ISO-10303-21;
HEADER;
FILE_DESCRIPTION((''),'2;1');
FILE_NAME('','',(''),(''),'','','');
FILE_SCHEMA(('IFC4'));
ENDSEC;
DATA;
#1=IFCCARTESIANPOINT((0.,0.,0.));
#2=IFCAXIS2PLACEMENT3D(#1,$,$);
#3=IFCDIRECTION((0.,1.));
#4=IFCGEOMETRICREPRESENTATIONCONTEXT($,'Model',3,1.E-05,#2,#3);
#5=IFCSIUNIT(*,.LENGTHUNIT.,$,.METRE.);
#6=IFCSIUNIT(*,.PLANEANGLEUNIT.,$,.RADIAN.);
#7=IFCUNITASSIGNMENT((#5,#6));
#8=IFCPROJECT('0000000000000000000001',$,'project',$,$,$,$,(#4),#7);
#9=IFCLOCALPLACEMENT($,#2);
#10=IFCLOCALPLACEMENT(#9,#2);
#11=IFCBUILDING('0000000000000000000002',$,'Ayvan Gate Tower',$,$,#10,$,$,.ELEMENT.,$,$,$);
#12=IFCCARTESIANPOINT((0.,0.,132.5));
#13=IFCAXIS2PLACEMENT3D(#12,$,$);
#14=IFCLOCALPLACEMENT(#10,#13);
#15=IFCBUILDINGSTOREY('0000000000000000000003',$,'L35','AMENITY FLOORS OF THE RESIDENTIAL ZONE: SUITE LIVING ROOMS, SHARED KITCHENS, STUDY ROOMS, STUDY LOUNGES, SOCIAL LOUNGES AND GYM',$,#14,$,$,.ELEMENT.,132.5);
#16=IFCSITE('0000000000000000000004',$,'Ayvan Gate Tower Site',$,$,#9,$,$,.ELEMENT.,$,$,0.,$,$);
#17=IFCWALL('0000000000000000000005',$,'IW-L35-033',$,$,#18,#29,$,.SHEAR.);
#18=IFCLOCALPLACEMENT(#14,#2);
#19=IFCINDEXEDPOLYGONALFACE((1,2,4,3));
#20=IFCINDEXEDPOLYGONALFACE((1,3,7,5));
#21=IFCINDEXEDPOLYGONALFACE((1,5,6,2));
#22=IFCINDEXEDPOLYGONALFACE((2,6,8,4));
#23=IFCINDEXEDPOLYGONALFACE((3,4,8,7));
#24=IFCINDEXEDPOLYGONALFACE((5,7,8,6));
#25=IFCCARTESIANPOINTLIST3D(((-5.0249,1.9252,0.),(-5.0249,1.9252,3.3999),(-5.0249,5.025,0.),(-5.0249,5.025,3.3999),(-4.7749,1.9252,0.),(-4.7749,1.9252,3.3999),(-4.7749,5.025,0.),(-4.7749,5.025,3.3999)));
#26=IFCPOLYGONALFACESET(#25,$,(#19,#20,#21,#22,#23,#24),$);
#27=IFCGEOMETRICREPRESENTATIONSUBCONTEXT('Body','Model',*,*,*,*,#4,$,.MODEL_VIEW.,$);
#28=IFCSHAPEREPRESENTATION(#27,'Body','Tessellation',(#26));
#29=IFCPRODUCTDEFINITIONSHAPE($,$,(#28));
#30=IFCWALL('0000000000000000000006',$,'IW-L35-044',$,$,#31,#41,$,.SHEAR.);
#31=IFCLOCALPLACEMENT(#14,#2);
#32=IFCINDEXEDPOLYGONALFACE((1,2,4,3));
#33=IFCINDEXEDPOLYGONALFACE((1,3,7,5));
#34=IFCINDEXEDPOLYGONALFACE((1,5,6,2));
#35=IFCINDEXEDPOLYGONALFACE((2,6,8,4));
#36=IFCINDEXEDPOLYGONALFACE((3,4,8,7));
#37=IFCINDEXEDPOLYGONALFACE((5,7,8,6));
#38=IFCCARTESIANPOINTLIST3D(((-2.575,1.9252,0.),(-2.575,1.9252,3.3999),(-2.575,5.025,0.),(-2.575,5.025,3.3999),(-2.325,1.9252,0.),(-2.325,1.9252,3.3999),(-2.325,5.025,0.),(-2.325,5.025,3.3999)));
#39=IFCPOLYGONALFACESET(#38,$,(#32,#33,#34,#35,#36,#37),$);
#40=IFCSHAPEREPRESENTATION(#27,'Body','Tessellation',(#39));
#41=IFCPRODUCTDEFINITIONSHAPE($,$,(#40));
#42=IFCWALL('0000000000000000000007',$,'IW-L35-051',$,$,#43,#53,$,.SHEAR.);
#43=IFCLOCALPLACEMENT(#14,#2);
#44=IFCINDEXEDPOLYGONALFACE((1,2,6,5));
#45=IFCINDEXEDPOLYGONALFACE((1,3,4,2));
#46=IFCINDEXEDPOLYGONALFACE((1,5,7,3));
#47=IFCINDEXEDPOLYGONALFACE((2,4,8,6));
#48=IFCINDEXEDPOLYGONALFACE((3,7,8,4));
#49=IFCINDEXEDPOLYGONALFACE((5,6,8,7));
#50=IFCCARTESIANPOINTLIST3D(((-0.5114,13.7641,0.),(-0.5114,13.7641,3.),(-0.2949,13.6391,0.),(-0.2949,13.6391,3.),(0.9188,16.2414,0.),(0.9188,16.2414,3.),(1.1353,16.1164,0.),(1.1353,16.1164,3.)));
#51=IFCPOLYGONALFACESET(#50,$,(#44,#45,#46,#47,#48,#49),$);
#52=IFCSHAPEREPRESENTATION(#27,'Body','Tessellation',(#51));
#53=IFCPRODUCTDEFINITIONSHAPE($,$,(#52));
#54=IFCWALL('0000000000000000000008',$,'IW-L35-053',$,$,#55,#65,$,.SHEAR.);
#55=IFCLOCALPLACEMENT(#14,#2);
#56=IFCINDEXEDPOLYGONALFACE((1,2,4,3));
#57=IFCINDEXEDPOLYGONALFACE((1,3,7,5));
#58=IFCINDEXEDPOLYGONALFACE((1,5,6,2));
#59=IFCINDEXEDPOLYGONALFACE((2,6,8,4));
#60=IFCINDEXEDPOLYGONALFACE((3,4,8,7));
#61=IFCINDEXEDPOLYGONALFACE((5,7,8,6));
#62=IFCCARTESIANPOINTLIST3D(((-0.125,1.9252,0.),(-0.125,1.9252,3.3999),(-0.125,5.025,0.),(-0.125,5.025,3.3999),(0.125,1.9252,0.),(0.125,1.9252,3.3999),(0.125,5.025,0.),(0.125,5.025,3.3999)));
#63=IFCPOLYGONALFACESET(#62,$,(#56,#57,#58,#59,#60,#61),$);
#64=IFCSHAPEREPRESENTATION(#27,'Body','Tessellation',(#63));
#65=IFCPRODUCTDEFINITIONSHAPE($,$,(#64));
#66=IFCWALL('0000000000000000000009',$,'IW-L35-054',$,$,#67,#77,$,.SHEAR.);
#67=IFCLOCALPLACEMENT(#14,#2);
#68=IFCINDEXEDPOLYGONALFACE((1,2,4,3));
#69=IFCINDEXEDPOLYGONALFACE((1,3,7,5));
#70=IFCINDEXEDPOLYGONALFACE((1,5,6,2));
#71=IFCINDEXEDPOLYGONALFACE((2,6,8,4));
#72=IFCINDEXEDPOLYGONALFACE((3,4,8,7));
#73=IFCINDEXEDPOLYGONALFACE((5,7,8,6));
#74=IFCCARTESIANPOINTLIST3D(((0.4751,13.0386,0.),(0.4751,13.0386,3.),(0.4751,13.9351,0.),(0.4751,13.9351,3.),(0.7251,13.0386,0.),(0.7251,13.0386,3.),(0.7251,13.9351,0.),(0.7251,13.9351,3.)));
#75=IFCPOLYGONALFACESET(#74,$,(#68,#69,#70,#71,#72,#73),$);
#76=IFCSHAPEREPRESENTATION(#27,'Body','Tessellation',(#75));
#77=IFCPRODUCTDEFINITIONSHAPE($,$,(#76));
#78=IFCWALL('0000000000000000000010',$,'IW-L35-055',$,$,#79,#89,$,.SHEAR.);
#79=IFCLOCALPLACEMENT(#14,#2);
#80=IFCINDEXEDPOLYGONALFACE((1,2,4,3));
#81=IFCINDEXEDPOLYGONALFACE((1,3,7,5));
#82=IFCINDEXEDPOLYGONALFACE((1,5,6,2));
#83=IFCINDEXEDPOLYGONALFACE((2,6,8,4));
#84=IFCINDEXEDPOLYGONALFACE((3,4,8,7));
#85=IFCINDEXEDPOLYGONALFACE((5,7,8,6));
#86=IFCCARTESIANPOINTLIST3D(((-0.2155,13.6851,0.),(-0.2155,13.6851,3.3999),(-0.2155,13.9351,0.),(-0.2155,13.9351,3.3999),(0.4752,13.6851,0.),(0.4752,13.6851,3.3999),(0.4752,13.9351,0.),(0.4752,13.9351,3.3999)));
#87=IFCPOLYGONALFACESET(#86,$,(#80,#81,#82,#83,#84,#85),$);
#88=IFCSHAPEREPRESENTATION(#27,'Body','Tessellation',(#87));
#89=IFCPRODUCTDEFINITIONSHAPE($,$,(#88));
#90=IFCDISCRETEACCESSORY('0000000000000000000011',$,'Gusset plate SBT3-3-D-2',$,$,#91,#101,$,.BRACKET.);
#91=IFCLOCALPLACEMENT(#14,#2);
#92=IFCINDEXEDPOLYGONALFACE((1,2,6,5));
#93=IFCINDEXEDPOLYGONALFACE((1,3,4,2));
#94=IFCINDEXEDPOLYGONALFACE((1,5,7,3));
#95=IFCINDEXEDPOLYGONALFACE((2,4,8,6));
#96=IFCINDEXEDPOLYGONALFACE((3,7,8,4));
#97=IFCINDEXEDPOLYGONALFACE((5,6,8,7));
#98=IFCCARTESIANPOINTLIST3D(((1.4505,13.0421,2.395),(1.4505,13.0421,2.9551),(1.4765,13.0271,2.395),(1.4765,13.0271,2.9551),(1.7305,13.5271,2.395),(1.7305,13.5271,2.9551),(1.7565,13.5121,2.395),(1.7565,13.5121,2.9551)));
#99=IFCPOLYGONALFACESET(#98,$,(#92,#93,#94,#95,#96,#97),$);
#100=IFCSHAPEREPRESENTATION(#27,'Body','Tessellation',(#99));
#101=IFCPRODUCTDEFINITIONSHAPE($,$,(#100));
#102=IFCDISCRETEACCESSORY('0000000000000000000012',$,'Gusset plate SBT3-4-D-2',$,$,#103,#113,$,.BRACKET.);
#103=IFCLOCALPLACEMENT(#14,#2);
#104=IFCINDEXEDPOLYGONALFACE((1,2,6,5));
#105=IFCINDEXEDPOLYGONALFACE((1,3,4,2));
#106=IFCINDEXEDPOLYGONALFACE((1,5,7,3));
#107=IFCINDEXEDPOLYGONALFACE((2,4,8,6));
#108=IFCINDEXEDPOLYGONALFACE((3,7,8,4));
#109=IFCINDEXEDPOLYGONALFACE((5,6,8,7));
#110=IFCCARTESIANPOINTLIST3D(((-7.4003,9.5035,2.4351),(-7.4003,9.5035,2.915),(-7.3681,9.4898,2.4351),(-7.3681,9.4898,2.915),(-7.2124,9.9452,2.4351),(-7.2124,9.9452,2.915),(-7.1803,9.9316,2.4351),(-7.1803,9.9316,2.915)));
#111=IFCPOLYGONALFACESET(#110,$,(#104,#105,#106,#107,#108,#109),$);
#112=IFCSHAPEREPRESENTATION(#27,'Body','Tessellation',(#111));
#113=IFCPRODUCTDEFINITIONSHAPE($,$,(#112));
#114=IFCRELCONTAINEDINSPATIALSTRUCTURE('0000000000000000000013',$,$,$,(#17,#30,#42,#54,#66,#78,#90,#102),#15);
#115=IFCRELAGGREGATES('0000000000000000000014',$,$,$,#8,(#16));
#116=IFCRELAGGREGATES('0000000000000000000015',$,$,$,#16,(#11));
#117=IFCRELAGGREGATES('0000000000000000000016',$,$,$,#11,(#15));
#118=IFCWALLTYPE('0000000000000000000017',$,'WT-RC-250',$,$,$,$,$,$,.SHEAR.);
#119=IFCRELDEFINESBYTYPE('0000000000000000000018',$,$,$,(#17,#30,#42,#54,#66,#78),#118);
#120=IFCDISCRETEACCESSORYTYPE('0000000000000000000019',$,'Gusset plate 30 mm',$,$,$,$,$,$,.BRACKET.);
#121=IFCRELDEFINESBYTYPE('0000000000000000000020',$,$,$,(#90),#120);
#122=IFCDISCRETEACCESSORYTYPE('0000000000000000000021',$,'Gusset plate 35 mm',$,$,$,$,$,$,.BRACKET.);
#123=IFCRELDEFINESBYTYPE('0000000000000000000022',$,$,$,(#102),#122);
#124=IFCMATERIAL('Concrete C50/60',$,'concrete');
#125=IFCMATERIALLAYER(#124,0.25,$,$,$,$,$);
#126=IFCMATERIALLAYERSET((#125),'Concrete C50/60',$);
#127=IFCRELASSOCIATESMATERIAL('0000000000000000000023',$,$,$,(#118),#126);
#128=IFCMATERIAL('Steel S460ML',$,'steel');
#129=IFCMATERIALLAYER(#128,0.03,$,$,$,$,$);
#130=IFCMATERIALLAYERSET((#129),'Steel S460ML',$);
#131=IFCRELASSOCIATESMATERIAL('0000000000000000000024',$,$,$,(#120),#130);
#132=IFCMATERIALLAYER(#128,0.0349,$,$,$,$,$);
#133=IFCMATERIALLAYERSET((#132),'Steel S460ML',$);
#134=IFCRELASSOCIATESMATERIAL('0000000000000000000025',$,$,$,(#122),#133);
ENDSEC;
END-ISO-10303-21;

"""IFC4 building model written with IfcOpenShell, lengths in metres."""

from ifc_helpers import new_model, si_unit, direction, frame, frame_2d, origin, origin_2d, place, context, subcontext, project, spatial, rectangle, extrude, material, layer, layer_set, type_object, element, save


model = new_model("IFC4")

# Units and contexts
model_context = context("Model", 3, precision=1e-05, world=origin(), true_north=direction((0.0, 1.0)))
body_context = subcontext(model_context, "Body", "Model", "MODEL_VIEW")
ifc_project = project(units=[si_unit("LENGTHUNIT", "METRE"), si_unit("PLANEANGLEUNIT", "RADIAN")], contexts=[model_context])

# Site, building, storey
site_placement = place(None, origin())
site = spatial("IfcSite", under=ifc_project, at=site_placement, Name="Ayvan Gate Tower Site", CompositionType="ELEMENT", RefElevation=0.0)
building_placement = place(site_placement, origin())
building = spatial("IfcBuilding", under=site, at=building_placement, Name="Ayvan Gate Tower", CompositionType="ELEMENT")
storey_placement = place(building_placement, frame((0.0, 0.0, 132.5)))
storey = spatial("IfcBuildingStorey", under=building, at=storey_placement, Name="L35", Description="AMENITY FLOORS OF THE RESIDENTIAL ZONE: SUITE LIVING ROOMS, SHARED KITCHENS, STUDY ROOMS, STUDY LOUNGES, SOCIAL LOUNGES AND GYM", CompositionType="ELEMENT", Elevation=132.5)

# Walls
ifc_material_1 = material(Name="Concrete C50/60", Category="concrete")
ifc_layer_1 = layer(ifc_material_1, 0.25)
ifc_layer_set_1 = layer_set([ifc_layer_1], Name="Concrete C50/60")
wall_type_1 = type_object("IfcWallType", Name="WT-RC-250", PredefinedType="SHEAR", material=ifc_layer_set_1)
for number, where, z_axis, x_axis, name in (
    (1, (-4.8999, 5.0249, 0.0), (0.0, 0.0, 1.0), (0.0, -1.0, 0.0), "IW-L35-033"),
    (2, (-2.45, 5.0249, 0.0), (0.0, 0.0, 1.0), (0.0, -1.0, 0.0), "IW-L35-044"),
):
    element("IfcWall", number, at=place(storey_placement, frame(where, z_axis=z_axis, x_axis=x_axis)), inside=storey, type_object=wall_type_1, Name=name, PredefinedType="SHEAR", context=body_context, shape_type="SweptSolid", body=[
        extrude(rectangle(XDim=3.0999, YDim=0.25, at=frame_2d((1.5498, 0.0))), origin(), (0.0, 0.0, 1.0), 3.3999),
    ])
wall_1_placement = place(storey_placement, frame((-0.4031, 13.7017, 0.0), z_axis=(0.0, 0.0, 1.0), x_axis=(0.499976, 0.866039, 0.0)))
element("IfcWall", 3, at=wall_1_placement, inside=storey, type_object=wall_type_1, Name="IW-L35-051", PredefinedType="SHEAR", context=body_context, shape_type="SweptSolid", body=[
    extrude(rectangle(XDim=2.8606, YDim=0.25, at=frame_2d((1.4302, 0.0))), origin(), (0.0, 0.0, 1.0), 3.0),
])
wall_2_placement = place(storey_placement, frame((0.0, 5.0249, 0.0), z_axis=(0.0, 0.0, 1.0), x_axis=(0.0, -1.0, 0.0)))
element("IfcWall", 4, at=wall_2_placement, inside=storey, type_object=wall_type_1, Name="IW-L35-053", PredefinedType="SHEAR", context=body_context, shape_type="SweptSolid", body=[
    extrude(rectangle(XDim=3.0999, YDim=0.25, at=frame_2d((1.5498, 0.0))), origin(), (0.0, 0.0, 1.0), 3.3999),
])
wall_3_placement = place(storey_placement, frame((0.6001, 13.0386, 0.0), z_axis=(0.0, 0.0, 1.0), x_axis=(0.0, 1.0, 0.0)))
element("IfcWall", 5, at=wall_3_placement, inside=storey, type_object=wall_type_1, Name="IW-L35-054", PredefinedType="SHEAR", context=body_context, shape_type="SweptSolid", body=[
    extrude(rectangle(XDim=0.8965, YDim=0.25, at=frame_2d((0.4482, 0.0))), origin(), (0.0, 0.0, 1.0), 3.0),
])
wall_4_placement = place(storey_placement, frame((0.4751, 13.8101, 0.0), z_axis=(0.0, 0.0, 1.0), x_axis=(-1.0, 0.0, 0.0)))
element("IfcWall", 6, at=wall_4_placement, inside=storey, type_object=wall_type_1, Name="IW-L35-055", PredefinedType="SHEAR", context=body_context, shape_type="SweptSolid", body=[
    extrude(rectangle(XDim=0.6907, YDim=0.25, at=frame_2d((0.3452, 0.0))), origin(), (0.0, 0.0, 1.0), 3.3999),
])

# Discrete accessories
ifc_material_2 = material(Name="Steel S460ML", Category="steel")
ifc_layer_2 = layer(ifc_material_2, 0.03)
ifc_layer_set_2 = layer_set([ifc_layer_2], Name="Steel S460ML")
discrete_accessory_type_1 = type_object("IfcDiscreteAccessoryType", Name="Gusset plate 30 mm", PredefinedType="BRACKET", material=ifc_layer_set_2)
discrete_accessory_1_placement = place(storey_placement, frame((1.6035, 13.2771, 2.395), z_axis=(0.0, 0.0, 1.0), x_axis=(0.5, 0.866025, 0.0)))
element("IfcDiscreteAccessory", 7, at=discrete_accessory_1_placement, inside=storey, type_object=discrete_accessory_type_1, Name="Gusset plate SBT3-3-D-2", PredefinedType="BRACKET", context=body_context, shape_type="SweptSolid", body=[
    extrude(rectangle(XDim=0.5601, YDim=0.03, at=origin_2d()), origin(), (0.0, 0.0, 1.0), 0.5601),
])
ifc_layer_3 = layer(ifc_material_2, 0.0349)
ifc_layer_set_3 = layer_set([ifc_layer_3], Name="Steel S460ML")
discrete_accessory_type_2 = type_object("IfcDiscreteAccessoryType", Name="Gusset plate 35 mm", PredefinedType="BRACKET", material=ifc_layer_set_3)
discrete_accessory_2_placement = place(storey_placement, frame((-7.2903, 9.7175, 2.4351), z_axis=(0.0, 0.0, 1.0), x_axis=(0.391324, 0.920253, 0.0)))
element("IfcDiscreteAccessory", 8, at=discrete_accessory_2_placement, inside=storey, type_object=discrete_accessory_type_2, Name="Gusset plate SBT3-4-D-2", PredefinedType="BRACKET", context=body_context, shape_type="SweptSolid", body=[
    extrude(rectangle(XDim=0.48, YDim=0.0349, at=origin_2d()), origin(), (0.0, 0.0, 1.0), 0.48),
])

save(model, "model.ifc")
